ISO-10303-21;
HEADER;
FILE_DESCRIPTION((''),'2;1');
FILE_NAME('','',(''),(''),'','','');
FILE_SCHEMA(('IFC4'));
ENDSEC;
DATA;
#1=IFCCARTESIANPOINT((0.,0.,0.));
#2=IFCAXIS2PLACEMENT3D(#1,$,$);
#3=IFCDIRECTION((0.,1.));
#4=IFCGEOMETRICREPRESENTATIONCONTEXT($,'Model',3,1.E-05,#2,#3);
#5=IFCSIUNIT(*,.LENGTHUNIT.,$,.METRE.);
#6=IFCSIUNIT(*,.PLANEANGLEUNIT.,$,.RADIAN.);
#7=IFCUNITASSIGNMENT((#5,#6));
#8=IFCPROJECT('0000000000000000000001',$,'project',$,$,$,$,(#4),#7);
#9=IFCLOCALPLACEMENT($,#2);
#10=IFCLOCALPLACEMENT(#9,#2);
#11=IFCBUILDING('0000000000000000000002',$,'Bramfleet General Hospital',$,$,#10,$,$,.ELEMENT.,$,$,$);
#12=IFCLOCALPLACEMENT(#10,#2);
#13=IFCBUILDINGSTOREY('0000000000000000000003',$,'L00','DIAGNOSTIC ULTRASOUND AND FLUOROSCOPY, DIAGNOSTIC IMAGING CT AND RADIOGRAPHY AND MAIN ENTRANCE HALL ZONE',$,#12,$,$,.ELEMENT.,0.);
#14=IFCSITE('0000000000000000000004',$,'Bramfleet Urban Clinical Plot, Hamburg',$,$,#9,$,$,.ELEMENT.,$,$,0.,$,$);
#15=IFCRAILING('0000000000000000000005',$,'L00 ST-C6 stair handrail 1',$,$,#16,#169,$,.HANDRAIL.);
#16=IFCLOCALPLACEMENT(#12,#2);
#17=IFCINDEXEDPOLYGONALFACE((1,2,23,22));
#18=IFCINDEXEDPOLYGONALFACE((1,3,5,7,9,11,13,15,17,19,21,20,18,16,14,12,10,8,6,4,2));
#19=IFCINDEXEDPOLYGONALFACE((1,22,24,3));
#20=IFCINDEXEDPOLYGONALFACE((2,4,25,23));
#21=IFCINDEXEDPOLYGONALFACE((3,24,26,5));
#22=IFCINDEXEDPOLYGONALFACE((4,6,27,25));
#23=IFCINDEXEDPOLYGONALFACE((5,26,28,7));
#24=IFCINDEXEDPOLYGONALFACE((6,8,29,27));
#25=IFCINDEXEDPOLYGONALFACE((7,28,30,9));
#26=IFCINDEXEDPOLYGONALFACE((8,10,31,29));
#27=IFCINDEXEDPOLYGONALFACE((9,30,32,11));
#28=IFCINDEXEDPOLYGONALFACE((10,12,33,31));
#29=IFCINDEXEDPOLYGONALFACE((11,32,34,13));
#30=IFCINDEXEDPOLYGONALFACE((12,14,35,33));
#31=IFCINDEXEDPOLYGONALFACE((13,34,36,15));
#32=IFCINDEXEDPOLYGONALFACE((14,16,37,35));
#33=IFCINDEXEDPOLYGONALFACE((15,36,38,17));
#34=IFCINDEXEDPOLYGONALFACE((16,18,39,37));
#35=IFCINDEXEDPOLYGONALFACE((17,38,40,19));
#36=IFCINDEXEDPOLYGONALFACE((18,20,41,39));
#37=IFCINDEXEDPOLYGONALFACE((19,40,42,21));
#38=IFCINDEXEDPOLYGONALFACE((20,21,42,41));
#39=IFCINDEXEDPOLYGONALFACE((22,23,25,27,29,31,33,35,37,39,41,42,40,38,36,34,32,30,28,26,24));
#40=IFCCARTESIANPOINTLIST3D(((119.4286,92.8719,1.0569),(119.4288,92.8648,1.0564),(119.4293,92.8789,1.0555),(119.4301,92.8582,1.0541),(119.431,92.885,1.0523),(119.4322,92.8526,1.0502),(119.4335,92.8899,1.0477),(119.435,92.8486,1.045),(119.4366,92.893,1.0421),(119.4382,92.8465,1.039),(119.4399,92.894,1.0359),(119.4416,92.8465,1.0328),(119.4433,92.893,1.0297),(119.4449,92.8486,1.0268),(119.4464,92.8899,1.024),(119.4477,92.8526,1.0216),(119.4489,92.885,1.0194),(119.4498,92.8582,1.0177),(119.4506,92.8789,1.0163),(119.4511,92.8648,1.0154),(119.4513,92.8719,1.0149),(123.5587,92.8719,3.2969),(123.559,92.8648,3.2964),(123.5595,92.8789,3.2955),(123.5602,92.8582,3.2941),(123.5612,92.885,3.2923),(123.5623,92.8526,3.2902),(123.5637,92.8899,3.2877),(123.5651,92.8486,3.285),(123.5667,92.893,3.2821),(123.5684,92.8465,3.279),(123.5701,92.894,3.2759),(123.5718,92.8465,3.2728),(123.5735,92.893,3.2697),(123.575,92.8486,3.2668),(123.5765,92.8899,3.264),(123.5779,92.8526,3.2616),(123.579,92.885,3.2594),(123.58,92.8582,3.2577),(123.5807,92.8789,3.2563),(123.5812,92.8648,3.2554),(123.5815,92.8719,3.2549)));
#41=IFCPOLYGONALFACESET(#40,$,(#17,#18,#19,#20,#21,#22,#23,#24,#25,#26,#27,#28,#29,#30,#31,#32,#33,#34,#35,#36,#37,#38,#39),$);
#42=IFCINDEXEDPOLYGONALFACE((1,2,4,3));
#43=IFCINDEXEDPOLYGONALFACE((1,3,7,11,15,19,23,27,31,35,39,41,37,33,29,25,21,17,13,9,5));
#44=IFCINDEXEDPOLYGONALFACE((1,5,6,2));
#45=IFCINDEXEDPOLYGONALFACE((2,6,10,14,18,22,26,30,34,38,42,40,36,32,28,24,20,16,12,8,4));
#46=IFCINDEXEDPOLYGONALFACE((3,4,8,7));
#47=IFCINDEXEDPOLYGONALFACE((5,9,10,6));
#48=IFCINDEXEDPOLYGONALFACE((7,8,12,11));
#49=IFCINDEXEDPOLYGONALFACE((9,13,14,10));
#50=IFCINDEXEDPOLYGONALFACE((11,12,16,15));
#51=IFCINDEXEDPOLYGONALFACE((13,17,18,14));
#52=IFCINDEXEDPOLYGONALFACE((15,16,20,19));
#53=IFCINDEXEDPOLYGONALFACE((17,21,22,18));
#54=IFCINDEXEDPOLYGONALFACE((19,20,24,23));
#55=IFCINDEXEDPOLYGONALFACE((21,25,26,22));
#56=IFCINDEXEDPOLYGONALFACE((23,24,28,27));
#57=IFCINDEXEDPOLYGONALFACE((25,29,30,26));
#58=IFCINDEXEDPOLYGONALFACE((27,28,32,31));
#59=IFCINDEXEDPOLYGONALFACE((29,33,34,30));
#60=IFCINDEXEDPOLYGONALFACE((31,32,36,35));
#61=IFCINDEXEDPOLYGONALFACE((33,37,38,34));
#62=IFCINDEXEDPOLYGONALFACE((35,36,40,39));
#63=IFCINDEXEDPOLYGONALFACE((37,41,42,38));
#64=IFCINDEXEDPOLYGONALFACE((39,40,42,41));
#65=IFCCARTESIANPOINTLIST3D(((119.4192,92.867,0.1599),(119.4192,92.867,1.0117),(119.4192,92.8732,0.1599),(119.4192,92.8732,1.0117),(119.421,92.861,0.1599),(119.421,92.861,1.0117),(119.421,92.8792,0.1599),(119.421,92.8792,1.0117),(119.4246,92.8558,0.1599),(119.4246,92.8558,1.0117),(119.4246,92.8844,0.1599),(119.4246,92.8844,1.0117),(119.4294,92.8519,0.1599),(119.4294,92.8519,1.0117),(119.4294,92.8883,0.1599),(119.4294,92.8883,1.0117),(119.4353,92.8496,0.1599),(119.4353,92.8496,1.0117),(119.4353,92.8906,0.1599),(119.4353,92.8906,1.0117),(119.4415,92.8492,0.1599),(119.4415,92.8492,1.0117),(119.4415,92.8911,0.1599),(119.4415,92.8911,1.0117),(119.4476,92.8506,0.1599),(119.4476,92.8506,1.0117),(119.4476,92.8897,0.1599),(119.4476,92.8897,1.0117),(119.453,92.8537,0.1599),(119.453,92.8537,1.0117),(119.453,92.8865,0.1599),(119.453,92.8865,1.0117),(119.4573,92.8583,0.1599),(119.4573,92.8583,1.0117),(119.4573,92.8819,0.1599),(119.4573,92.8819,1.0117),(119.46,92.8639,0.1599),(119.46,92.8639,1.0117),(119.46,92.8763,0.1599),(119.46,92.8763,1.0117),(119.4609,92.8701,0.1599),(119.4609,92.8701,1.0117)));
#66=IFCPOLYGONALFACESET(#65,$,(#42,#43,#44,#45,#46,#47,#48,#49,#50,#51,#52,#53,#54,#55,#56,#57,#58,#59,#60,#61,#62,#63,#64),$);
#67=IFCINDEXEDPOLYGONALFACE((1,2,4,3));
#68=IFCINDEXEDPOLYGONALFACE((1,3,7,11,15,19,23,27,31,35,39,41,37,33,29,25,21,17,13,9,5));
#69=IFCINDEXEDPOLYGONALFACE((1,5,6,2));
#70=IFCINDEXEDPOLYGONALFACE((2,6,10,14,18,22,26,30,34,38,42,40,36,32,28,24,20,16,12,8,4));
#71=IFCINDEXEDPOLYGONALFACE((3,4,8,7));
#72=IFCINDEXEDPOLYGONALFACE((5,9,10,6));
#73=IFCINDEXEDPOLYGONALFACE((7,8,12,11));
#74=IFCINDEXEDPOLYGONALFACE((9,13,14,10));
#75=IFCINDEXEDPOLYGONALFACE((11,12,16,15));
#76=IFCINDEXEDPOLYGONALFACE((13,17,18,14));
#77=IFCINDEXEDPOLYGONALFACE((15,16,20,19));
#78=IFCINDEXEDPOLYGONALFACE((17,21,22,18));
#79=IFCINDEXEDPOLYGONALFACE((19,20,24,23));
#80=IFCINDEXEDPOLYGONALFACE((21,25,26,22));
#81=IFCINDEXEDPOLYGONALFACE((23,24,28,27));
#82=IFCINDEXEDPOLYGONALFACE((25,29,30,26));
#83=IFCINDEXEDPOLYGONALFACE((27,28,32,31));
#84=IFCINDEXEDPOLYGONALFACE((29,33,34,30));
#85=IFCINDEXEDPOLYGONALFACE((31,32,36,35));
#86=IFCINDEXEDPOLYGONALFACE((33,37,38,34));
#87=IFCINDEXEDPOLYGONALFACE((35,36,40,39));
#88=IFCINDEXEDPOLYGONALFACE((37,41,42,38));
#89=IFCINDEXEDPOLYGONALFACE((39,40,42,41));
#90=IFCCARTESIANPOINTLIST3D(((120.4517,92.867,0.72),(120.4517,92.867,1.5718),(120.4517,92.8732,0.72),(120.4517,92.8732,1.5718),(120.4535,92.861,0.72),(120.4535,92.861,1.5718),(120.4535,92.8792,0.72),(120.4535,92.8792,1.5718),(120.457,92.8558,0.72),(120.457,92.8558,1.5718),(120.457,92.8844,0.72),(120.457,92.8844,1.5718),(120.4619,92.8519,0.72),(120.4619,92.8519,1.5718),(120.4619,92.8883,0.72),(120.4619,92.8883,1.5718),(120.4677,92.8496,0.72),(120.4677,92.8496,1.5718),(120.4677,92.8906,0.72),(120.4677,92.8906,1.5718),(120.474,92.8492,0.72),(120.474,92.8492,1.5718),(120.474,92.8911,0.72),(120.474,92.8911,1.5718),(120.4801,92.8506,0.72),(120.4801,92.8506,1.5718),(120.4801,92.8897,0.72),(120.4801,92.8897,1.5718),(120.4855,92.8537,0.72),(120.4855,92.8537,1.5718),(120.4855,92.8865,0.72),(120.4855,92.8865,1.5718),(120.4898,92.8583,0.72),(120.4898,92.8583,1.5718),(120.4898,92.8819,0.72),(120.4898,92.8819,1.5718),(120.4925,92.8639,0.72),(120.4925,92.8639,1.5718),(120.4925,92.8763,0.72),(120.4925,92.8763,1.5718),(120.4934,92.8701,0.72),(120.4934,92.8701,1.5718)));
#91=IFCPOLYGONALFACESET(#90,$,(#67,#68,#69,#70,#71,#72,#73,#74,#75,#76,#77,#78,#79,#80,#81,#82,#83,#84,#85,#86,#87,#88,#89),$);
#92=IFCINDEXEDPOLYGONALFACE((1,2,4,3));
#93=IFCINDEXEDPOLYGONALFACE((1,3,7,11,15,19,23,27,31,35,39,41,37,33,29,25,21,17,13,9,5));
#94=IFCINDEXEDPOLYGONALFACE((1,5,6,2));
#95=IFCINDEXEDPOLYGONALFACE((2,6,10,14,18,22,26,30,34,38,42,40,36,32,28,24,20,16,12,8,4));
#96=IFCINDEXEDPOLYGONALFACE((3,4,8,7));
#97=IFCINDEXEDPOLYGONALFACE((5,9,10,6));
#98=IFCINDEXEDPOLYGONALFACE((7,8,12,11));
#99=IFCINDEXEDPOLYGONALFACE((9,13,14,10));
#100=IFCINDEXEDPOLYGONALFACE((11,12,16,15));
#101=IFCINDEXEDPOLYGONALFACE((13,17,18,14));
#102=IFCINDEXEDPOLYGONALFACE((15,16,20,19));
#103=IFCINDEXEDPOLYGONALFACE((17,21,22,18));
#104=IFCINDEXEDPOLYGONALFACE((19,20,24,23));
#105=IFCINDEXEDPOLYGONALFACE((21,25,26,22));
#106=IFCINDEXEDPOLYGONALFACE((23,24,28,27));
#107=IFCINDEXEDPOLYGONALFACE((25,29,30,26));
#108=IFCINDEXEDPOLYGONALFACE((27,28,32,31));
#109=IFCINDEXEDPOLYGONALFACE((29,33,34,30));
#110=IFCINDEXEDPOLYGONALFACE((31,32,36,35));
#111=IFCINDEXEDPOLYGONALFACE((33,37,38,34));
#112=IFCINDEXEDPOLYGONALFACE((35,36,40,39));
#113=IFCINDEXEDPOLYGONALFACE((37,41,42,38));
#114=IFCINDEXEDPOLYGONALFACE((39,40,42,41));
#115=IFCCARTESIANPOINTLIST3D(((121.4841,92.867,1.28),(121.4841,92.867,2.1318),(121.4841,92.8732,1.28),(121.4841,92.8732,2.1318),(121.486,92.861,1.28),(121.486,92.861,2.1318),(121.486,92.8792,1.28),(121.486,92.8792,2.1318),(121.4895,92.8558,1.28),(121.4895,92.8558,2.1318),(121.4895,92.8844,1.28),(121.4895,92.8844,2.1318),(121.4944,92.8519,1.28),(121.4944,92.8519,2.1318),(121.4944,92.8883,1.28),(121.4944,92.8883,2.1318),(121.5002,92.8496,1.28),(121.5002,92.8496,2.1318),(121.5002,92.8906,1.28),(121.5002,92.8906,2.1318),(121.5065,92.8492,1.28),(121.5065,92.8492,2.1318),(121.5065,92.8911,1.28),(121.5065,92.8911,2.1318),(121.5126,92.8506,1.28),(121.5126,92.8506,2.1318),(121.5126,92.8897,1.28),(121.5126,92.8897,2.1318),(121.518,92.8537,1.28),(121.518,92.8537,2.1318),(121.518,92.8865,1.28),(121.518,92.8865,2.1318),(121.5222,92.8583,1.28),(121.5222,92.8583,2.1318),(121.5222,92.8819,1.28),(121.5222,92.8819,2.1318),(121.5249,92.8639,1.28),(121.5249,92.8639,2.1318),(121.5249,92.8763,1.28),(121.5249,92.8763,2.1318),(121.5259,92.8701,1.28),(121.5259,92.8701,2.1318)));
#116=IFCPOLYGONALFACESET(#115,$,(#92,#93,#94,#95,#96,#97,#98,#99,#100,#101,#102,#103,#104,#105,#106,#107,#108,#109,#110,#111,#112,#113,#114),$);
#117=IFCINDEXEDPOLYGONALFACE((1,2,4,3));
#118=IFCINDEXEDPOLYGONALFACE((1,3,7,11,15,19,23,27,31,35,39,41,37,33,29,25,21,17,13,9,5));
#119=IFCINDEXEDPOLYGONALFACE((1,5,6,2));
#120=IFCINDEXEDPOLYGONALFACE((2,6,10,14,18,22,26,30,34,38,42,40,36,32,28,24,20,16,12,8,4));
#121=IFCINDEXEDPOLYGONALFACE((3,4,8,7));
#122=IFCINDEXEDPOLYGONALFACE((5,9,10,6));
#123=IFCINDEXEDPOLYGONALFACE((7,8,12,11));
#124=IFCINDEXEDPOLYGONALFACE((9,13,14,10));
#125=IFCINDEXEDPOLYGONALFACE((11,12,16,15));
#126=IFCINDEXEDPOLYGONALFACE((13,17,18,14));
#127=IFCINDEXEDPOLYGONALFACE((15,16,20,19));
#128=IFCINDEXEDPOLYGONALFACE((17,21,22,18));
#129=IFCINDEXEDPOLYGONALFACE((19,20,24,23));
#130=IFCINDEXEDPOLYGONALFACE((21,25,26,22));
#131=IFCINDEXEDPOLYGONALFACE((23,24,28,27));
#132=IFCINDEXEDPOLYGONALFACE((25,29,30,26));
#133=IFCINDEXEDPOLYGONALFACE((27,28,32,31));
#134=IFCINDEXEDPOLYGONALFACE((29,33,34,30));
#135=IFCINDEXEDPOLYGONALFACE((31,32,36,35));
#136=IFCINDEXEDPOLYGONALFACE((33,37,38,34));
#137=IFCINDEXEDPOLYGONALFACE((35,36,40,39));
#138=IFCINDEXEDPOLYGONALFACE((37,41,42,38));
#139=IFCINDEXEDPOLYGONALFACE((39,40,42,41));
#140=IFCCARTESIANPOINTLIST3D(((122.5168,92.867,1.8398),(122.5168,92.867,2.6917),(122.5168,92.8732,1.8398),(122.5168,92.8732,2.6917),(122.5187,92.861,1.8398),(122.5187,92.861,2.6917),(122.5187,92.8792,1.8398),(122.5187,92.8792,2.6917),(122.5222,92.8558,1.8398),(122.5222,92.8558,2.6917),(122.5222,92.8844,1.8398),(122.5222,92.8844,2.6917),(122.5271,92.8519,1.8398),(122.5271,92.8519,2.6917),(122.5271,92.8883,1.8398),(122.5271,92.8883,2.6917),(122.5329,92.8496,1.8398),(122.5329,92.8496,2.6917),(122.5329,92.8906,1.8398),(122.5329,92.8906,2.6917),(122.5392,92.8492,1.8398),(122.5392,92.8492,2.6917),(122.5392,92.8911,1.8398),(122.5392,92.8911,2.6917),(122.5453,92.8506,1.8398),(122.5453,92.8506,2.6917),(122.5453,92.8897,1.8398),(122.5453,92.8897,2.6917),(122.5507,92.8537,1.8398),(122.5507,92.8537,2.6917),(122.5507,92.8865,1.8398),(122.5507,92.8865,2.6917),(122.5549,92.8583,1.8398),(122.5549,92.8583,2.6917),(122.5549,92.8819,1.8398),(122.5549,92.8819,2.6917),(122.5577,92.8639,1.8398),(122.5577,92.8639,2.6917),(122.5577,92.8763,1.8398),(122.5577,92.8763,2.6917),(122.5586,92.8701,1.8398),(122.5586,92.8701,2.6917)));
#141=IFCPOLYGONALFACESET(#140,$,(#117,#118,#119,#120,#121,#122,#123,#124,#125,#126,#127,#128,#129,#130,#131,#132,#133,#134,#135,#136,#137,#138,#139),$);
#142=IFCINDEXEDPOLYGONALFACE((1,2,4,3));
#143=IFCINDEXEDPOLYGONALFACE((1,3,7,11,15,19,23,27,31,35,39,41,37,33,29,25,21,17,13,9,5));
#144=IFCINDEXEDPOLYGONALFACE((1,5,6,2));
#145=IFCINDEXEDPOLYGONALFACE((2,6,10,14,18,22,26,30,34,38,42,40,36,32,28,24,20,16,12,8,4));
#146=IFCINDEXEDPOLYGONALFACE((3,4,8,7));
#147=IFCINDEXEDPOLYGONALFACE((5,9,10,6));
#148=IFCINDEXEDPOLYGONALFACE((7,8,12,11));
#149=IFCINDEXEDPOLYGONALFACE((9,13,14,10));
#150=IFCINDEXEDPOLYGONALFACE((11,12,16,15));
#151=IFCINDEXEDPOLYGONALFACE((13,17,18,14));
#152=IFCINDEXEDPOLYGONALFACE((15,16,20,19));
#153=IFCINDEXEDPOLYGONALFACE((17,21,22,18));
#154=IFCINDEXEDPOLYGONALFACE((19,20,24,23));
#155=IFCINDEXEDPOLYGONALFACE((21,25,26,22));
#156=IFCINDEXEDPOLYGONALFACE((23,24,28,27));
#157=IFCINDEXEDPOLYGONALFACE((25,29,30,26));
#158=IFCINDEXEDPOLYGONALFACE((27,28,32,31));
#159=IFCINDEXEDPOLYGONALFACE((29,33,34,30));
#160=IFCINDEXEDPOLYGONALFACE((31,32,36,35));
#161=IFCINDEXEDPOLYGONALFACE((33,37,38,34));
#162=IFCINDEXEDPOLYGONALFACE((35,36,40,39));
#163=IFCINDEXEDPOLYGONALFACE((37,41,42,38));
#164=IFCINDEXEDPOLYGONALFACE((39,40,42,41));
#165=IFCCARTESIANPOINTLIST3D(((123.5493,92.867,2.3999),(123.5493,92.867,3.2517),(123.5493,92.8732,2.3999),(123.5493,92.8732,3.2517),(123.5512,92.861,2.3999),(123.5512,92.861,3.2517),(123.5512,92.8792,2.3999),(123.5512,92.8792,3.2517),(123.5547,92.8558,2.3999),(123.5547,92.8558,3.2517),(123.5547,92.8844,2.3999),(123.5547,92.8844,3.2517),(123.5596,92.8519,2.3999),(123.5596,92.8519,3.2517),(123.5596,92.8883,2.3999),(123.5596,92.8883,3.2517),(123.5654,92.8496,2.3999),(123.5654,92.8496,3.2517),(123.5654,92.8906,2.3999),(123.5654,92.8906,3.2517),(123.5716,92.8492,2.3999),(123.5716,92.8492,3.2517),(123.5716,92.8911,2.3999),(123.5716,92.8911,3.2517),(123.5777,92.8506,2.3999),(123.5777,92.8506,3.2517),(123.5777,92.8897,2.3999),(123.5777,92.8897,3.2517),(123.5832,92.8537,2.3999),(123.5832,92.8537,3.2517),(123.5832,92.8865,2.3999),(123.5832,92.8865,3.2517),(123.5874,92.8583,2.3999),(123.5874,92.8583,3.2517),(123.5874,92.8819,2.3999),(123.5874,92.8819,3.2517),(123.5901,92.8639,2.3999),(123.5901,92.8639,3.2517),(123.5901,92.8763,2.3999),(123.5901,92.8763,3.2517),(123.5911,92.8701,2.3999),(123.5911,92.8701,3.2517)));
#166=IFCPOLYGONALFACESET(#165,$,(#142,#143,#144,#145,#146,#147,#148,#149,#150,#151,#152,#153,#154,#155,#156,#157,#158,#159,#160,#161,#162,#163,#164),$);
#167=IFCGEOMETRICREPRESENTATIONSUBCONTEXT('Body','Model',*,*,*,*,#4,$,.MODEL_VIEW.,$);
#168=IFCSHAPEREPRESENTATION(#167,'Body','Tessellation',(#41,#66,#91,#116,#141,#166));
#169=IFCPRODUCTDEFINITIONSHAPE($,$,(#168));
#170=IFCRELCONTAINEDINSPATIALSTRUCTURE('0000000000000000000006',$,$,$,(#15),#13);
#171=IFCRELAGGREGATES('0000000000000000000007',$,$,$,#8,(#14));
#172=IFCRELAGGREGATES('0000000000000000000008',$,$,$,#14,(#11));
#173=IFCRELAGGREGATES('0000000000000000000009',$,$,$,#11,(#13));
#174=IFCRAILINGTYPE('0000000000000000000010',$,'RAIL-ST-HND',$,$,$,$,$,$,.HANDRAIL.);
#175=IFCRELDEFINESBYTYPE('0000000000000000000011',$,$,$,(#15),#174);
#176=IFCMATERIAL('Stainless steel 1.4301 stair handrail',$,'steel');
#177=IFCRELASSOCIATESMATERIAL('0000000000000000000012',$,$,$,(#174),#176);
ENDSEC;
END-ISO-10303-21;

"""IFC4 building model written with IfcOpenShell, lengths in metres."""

from ifc_helpers import new_model, si_unit, direction, frame, origin, origin_2d, place, context, subcontext, project, spatial, circle, extrude, material, type_object, element, save


model = new_model("IFC4")

# Units and contexts
model_context = context("Model", 3, precision=1e-05, world=origin(), true_north=direction((0.0, 1.0)))
body_context = subcontext(model_context, "Body", "Model", "MODEL_VIEW")
ifc_project = project(units=[si_unit("LENGTHUNIT", "METRE"), si_unit("PLANEANGLEUNIT", "RADIAN")], contexts=[model_context])

# Site, building, storey
site_placement = place(None, origin())
site = spatial("IfcSite", under=ifc_project, at=site_placement, Name="Bramfleet Urban Clinical Plot, Hamburg", CompositionType="ELEMENT", RefElevation=0.0)
building_placement = place(site_placement, origin())
building = spatial("IfcBuilding", under=site, at=building_placement, Name="Bramfleet General Hospital", CompositionType="ELEMENT")
storey_placement = place(building_placement, origin())
storey = spatial("IfcBuildingStorey", under=building, at=storey_placement, Name="L00", Description="DIAGNOSTIC ULTRASOUND AND FLUOROSCOPY, DIAGNOSTIC IMAGING CT AND RADIOGRAPHY AND MAIN ENTRANCE HALL ZONE", CompositionType="ELEMENT", Elevation=0.0)

# Railing
ifc_material_1 = material(Name="Stainless steel 1.4301 stair handrail", Category="steel")
railing_type_1 = type_object("IfcRailingType", Name="RAIL-ST-HND", PredefinedType="HANDRAIL", material=ifc_material_1)
railing_1_placement = place(storey_placement, frame((119.4399, 92.8701, 0.1599)))
element("IfcRailing", 1, at=railing_1_placement, inside=storey, type_object=railing_type_1, Name="L00 ST-C6 stair handrail 1", PredefinedType="HANDRAIL", context=body_context, shape_type="SweptSolid", body=[
    extrude(circle(Radius=0.0239, at=origin_2d()), frame((0.0, 0.0, 0.876), z_axis=(0.879039, 0.0, 0.47675), x_axis=(0.0, 1.0, 0.0)), (0.0, 0.0, 1.0), 4.6985),
    extrude(circle(Radius=0.021, at=origin_2d()), origin(), (0.0, 0.0, 1.0), 0.8518),
    extrude(circle(Radius=0.021, at=origin_2d()), frame((1.0325, 0.0, 0.5601)), (0.0, 0.0, 1.0), 0.8518),
    extrude(circle(Radius=0.021, at=origin_2d()), frame((2.0649, 0.0, 1.1201)), (0.0, 0.0, 1.0), 0.8518),
    extrude(circle(Radius=0.021, at=origin_2d()), frame((3.0977, 0.0, 1.6799)), (0.0, 0.0, 1.0), 0.8518),
    extrude(circle(Radius=0.021, at=origin_2d()), frame((4.1301, 0.0, 2.24)), (0.0, 0.0, 1.0), 0.8518),
])

save(model, "model.ifc")
